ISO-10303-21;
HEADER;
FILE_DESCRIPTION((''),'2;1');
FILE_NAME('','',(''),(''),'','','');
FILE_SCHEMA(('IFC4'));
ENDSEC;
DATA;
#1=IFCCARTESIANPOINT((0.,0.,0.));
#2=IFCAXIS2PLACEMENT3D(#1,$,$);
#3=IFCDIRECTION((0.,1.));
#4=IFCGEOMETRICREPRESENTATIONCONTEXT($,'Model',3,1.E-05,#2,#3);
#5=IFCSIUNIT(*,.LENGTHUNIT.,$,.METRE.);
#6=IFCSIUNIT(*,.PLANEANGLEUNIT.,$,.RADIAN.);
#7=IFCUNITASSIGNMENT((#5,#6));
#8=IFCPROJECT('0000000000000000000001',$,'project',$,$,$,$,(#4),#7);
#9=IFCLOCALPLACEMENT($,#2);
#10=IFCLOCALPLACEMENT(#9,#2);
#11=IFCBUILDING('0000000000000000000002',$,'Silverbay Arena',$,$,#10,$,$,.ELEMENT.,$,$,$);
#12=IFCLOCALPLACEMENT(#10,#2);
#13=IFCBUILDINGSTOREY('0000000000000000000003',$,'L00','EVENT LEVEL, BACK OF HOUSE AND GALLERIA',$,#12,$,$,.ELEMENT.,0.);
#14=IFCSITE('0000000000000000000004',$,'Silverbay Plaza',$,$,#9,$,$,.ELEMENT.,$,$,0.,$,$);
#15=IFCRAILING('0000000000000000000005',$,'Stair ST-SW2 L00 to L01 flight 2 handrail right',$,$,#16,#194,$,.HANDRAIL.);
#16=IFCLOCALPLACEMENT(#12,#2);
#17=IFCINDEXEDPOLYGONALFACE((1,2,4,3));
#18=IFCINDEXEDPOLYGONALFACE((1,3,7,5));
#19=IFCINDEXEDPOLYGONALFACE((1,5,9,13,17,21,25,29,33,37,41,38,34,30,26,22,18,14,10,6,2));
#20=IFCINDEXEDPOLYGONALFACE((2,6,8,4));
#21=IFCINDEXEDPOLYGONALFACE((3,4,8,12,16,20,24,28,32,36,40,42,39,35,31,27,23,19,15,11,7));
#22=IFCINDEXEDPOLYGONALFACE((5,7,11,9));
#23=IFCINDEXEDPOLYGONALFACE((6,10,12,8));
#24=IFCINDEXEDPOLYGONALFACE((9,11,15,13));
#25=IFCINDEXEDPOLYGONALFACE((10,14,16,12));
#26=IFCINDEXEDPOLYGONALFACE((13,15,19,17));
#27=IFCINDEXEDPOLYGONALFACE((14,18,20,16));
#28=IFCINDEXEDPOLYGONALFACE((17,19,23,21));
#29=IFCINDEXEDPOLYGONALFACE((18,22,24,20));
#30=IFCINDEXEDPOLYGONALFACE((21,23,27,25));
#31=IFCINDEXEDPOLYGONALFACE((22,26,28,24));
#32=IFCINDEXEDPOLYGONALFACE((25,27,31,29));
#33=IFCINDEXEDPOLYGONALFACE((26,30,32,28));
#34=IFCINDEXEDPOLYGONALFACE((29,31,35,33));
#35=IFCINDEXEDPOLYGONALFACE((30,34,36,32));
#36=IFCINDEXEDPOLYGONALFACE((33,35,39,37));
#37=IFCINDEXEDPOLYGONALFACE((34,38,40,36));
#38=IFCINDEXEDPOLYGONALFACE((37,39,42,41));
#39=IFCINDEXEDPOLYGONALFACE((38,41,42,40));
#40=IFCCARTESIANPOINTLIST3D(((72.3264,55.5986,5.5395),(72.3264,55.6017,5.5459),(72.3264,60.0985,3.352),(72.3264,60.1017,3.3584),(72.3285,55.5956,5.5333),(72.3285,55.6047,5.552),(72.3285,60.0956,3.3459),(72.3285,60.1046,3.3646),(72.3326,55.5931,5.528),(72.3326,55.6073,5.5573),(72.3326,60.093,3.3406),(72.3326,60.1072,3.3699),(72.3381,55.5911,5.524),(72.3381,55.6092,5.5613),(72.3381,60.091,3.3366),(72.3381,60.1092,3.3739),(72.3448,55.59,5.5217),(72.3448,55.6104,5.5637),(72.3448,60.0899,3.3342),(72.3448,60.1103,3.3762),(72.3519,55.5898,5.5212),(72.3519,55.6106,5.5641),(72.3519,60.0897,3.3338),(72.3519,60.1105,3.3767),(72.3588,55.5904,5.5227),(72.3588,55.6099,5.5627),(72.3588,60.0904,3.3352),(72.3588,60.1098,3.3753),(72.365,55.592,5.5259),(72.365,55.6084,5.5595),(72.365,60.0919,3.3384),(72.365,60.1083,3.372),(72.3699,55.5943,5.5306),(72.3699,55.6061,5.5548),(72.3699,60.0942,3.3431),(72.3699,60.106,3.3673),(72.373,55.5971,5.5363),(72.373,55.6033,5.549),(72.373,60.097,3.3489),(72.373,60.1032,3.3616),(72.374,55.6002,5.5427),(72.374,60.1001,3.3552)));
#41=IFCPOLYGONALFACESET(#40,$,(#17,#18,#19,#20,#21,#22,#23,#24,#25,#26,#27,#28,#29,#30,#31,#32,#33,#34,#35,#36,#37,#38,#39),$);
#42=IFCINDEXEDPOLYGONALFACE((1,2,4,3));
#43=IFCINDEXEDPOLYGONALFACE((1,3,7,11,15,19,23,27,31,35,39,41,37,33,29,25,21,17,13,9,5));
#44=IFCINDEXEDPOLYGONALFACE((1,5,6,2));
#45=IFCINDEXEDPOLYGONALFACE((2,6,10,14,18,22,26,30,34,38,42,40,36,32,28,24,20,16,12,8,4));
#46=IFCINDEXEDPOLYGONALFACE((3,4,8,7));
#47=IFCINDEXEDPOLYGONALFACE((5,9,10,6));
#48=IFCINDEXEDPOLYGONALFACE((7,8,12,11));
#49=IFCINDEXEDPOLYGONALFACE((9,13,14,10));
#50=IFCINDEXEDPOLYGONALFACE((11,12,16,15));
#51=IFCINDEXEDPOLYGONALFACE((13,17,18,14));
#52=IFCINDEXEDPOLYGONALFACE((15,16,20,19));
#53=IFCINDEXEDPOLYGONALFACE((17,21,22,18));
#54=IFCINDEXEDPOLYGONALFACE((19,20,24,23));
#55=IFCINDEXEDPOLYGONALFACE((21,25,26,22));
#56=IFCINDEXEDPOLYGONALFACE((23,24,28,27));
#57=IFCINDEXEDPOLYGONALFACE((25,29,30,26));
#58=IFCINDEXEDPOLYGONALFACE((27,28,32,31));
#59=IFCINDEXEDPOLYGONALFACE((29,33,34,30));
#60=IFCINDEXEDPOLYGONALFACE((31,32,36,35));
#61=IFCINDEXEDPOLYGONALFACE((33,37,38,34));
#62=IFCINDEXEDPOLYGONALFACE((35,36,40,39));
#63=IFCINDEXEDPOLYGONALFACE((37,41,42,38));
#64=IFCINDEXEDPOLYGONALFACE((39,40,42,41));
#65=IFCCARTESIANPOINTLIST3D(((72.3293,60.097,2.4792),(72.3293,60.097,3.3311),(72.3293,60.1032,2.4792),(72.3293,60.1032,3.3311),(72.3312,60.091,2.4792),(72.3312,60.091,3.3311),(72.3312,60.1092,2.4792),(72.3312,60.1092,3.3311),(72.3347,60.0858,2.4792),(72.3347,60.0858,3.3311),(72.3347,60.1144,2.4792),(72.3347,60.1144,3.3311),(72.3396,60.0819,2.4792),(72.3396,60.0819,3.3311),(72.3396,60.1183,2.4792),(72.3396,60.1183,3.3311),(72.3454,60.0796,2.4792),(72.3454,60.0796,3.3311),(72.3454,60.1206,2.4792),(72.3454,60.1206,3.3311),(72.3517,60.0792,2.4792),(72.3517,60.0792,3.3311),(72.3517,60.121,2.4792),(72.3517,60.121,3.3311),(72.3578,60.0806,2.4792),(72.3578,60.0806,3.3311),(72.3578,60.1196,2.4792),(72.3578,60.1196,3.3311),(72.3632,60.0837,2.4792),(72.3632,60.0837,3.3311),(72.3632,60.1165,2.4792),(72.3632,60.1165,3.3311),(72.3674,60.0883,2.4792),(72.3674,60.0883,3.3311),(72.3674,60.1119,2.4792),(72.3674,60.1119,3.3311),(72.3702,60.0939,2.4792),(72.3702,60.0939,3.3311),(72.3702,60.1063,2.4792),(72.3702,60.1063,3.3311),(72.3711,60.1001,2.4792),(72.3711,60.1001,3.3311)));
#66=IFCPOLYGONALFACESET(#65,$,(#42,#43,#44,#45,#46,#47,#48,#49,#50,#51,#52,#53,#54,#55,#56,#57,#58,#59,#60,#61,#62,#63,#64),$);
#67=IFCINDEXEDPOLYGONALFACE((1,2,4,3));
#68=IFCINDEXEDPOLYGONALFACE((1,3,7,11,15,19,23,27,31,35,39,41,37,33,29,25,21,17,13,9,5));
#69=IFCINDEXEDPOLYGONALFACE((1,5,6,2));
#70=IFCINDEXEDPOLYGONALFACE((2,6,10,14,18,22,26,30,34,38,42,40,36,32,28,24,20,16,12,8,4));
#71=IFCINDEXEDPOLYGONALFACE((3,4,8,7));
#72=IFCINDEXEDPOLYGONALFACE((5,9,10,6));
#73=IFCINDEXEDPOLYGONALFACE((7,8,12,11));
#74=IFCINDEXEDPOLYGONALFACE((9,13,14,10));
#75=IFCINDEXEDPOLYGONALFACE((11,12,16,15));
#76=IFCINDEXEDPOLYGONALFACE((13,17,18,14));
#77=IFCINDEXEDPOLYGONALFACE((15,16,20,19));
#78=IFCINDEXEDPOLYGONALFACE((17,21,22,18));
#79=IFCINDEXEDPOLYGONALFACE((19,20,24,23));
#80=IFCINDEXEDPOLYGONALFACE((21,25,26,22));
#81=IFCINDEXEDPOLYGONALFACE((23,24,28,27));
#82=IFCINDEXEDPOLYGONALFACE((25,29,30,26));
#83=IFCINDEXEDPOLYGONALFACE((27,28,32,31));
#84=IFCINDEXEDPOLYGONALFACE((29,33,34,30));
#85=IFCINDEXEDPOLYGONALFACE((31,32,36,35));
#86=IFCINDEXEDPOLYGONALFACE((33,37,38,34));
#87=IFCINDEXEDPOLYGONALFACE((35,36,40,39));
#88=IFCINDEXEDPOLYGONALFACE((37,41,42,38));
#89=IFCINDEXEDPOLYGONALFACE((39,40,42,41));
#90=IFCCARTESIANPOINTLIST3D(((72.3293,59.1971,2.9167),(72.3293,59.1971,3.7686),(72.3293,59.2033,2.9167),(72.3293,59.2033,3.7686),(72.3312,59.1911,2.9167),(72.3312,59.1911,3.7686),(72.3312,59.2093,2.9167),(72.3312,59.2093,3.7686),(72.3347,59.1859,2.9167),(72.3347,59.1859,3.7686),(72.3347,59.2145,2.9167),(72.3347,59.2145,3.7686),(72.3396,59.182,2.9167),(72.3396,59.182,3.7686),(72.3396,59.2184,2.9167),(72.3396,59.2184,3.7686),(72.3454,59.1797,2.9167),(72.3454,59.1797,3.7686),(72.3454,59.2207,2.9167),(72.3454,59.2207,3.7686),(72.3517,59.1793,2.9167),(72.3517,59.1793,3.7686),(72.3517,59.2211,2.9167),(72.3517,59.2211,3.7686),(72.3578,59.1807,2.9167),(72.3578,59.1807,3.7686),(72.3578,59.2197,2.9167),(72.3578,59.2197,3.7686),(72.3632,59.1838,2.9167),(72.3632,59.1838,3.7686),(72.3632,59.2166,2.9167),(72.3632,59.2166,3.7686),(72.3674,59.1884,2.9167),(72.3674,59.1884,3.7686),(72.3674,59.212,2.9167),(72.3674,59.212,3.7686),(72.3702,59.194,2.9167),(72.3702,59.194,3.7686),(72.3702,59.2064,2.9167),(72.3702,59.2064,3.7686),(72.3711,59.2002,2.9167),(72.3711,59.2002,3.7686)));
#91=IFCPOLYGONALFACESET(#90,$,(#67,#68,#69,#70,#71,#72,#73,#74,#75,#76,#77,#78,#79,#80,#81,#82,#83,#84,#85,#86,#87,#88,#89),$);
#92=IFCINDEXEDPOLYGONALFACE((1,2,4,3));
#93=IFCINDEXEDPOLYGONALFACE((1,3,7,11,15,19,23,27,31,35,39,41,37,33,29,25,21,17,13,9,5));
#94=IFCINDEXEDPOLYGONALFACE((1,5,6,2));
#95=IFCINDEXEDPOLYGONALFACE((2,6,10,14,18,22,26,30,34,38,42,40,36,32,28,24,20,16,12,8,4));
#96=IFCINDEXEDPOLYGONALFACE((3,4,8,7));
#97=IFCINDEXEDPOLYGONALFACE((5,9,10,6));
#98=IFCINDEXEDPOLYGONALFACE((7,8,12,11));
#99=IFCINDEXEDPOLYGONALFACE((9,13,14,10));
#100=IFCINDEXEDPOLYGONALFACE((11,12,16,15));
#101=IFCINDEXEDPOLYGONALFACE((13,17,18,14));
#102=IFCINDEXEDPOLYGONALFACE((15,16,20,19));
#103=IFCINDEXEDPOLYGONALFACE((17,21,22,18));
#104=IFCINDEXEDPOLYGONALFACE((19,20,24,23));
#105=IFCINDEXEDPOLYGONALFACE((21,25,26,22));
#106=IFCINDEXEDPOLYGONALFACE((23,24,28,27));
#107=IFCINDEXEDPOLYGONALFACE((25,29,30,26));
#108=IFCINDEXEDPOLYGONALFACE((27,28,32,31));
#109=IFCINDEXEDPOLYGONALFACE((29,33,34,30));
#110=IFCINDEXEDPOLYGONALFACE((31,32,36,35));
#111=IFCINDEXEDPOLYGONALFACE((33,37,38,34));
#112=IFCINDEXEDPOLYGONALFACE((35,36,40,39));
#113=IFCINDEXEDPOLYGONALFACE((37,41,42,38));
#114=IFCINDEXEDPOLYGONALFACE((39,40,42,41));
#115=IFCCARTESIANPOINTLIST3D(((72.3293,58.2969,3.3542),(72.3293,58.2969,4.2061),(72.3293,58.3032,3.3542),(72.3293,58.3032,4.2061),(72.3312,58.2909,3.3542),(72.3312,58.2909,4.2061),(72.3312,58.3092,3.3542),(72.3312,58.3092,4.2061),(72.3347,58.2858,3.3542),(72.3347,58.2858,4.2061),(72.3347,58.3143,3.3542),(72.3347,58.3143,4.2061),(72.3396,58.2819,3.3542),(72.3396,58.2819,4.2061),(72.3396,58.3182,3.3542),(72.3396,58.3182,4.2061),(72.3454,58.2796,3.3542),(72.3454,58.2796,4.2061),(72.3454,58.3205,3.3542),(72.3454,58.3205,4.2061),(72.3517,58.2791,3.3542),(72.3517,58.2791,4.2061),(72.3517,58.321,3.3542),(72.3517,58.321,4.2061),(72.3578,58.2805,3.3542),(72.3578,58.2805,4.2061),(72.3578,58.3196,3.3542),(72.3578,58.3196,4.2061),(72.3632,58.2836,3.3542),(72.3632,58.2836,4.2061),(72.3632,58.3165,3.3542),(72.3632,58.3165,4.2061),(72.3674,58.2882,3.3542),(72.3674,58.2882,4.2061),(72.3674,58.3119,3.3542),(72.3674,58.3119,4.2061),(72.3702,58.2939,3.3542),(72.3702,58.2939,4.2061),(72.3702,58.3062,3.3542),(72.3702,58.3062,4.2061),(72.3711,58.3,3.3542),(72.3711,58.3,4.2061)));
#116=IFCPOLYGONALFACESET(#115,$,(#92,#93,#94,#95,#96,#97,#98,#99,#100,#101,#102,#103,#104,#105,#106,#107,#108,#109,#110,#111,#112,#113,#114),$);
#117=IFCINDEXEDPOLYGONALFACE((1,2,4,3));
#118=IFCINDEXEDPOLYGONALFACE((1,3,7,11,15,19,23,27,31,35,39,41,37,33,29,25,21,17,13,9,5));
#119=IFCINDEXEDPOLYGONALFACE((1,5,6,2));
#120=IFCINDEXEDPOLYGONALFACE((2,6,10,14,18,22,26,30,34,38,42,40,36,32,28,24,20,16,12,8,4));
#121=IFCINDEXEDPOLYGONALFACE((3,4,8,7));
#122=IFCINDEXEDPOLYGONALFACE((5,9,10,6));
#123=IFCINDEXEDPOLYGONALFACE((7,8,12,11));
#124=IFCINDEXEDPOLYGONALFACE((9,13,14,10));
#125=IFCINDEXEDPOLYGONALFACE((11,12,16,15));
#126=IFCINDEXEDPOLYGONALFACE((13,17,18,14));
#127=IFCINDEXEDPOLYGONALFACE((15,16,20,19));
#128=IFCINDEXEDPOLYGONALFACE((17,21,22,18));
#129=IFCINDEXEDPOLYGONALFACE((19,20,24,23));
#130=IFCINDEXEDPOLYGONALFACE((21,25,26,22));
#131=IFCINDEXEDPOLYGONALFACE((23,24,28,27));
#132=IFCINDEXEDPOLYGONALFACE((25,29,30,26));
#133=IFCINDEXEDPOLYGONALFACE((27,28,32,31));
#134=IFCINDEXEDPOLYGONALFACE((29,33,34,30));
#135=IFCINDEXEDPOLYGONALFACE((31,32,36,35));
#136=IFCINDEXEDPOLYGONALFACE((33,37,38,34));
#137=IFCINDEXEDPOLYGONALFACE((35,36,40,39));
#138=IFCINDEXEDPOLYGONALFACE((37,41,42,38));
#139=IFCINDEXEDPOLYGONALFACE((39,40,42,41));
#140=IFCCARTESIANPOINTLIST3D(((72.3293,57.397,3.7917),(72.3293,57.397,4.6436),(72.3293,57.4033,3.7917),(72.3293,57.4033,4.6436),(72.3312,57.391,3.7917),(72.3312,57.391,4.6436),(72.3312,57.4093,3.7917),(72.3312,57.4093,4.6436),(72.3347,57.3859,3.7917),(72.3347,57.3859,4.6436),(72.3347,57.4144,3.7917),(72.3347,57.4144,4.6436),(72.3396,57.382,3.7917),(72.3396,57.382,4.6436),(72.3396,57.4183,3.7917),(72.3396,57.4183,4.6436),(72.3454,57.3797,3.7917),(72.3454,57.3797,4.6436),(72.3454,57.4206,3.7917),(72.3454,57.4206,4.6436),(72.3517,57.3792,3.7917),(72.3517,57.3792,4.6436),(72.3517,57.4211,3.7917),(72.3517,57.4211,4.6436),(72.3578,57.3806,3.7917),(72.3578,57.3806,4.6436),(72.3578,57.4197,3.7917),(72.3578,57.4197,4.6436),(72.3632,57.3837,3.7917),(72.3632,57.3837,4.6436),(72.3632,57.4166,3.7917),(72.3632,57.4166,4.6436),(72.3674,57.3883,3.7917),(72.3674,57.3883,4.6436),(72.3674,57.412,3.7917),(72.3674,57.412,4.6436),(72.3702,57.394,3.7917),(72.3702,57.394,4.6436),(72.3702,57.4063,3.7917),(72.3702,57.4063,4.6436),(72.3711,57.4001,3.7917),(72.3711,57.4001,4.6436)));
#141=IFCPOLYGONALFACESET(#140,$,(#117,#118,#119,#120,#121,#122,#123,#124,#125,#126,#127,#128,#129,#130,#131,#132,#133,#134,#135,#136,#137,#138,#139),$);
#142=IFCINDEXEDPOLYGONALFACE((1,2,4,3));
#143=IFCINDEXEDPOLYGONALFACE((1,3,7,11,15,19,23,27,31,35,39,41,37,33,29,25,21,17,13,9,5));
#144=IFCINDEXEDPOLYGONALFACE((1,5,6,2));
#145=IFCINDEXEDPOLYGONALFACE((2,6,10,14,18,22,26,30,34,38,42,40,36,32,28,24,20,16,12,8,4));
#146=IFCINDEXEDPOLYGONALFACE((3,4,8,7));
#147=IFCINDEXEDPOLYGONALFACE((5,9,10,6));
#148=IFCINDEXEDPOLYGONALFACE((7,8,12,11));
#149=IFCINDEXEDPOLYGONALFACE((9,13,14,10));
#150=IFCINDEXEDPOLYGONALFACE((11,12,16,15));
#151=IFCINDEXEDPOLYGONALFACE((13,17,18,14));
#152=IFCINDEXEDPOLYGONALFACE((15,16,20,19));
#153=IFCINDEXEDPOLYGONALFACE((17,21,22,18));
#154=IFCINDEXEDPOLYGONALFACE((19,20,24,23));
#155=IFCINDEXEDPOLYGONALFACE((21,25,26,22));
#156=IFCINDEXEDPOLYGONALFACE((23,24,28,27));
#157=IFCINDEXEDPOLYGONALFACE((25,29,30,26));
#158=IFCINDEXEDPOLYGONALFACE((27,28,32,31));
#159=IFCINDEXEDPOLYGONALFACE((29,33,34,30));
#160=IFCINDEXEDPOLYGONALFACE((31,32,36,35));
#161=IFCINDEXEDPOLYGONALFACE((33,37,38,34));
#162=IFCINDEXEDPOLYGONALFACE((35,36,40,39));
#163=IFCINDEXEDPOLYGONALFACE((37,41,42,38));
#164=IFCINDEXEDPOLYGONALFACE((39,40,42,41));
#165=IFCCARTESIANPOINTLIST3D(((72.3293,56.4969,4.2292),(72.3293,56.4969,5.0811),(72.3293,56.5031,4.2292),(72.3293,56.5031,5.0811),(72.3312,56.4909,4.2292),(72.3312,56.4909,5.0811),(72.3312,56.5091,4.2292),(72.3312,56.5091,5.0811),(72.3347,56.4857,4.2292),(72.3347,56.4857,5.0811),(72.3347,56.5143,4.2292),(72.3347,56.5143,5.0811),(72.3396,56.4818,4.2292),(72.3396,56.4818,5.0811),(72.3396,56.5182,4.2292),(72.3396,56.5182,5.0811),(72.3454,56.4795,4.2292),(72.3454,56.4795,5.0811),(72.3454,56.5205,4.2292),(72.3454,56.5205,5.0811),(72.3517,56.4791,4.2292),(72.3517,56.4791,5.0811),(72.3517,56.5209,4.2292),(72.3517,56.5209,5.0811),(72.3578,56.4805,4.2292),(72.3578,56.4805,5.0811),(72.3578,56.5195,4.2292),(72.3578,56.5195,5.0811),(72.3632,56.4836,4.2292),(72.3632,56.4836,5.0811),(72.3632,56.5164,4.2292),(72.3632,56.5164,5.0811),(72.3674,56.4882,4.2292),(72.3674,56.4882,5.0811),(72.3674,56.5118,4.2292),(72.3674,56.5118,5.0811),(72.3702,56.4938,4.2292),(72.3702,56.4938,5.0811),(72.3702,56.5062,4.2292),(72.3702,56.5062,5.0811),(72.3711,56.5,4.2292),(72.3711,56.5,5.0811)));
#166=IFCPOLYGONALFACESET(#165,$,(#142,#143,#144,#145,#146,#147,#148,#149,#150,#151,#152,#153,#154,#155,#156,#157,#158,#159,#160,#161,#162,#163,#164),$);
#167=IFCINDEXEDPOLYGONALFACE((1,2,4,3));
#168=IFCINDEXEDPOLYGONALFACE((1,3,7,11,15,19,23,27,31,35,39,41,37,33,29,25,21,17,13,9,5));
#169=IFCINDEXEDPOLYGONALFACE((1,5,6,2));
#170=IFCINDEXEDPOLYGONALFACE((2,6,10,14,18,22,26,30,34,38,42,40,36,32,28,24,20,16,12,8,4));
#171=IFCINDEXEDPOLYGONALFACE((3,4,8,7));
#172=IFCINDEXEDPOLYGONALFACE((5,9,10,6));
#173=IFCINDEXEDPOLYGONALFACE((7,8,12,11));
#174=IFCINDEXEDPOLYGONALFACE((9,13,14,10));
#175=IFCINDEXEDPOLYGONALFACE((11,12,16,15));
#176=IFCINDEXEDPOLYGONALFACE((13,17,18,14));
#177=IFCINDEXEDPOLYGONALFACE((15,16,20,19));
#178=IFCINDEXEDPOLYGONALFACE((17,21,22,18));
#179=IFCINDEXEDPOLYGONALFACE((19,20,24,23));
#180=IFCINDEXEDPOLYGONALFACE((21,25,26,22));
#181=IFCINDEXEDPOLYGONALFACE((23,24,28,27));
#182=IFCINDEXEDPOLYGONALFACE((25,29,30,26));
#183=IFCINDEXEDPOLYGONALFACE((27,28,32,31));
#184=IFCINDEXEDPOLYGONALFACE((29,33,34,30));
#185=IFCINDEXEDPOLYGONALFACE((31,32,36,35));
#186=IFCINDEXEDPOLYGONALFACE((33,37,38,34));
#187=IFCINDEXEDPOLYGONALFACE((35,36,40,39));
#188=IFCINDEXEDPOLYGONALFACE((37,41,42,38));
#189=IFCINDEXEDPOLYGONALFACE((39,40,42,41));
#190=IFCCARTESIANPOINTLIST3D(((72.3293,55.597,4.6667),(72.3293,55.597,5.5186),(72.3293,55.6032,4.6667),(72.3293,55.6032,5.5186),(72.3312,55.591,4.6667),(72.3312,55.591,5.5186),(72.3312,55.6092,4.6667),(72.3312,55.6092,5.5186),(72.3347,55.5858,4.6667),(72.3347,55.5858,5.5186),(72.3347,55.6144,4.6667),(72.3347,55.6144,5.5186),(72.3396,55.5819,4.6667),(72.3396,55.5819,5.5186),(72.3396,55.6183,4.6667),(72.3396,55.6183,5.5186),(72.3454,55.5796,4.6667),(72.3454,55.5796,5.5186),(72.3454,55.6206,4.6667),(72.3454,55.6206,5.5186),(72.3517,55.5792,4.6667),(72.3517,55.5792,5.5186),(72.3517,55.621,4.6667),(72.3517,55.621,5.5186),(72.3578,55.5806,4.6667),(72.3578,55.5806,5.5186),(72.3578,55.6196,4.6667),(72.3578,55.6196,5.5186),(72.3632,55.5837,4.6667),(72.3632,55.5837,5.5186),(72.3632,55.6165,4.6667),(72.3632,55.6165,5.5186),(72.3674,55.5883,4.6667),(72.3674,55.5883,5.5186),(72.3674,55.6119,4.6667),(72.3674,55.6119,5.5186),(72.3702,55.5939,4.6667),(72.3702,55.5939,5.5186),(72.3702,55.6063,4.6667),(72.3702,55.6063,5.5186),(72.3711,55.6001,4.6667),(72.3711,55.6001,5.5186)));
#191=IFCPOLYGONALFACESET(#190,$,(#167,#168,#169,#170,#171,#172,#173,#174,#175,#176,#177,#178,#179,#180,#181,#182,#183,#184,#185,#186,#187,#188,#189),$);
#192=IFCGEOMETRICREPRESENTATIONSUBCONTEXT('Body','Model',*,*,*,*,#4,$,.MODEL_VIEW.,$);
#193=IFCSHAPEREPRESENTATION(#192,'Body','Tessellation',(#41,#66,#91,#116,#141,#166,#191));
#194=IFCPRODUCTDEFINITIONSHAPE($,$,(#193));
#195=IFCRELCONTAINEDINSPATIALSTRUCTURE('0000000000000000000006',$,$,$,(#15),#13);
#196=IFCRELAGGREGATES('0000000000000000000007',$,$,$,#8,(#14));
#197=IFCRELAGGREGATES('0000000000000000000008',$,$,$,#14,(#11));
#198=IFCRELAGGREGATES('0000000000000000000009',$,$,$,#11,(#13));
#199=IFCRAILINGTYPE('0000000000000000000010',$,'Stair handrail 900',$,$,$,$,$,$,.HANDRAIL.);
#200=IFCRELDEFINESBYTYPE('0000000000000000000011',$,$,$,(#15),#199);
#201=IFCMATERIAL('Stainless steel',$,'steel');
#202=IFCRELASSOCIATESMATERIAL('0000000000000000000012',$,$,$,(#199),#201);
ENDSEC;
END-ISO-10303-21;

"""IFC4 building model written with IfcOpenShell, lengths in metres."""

from ifc_helpers import new_model, si_unit, direction, frame, origin, origin_2d, place, context, subcontext, project, spatial, circle, extrude, material, type_object, element, save


model = new_model("IFC4")

# Units and contexts
model_context = context("Model", 3, precision=1e-05, world=origin(), true_north=direction((0.0, 1.0)))
body_context = subcontext(model_context, "Body", "Model", "MODEL_VIEW")
ifc_project = project(units=[si_unit("LENGTHUNIT", "METRE"), si_unit("PLANEANGLEUNIT", "RADIAN")], contexts=[model_context])

# Site, building, storey
site_placement = place(None, origin())
site = spatial("IfcSite", under=ifc_project, at=site_placement, Name="Silverbay Plaza", CompositionType="ELEMENT", RefElevation=0.0)
building_placement = place(site_placement, origin())
building = spatial("IfcBuilding", under=site, at=building_placement, Name="Silverbay Arena", CompositionType="ELEMENT")
storey_placement = place(building_placement, origin())
storey = spatial("IfcBuildingStorey", under=building, at=storey_placement, Name="L00", Description="EVENT LEVEL, BACK OF HOUSE AND GALLERIA", CompositionType="ELEMENT", Elevation=0.0)

# Railing
ifc_material_1 = material(Name="Stainless steel", Category="steel")
railing_type_1 = type_object("IfcRailingType", Name="Stair handrail 900", PredefinedType="HANDRAIL", material=ifc_material_1)
for number, where, name in (
    (1, (72.3501, 60.1001, 2.4792), "Stair ST-SW2 L00 to L01 flight 2 handrail right"),
):
    element("IfcRailing", number, at=place(storey_placement, frame(where)), inside=storey, type_object=railing_type_1, Name=name, PredefinedType="HANDRAIL", context=body_context, shape_type="SweptSolid", body=[
        extrude(circle(Radius=0.0239, at=origin_2d()), frame((0.0, 0.0, 0.876), z_axis=(0.0, -0.899368, 0.437193), x_axis=(1.0, 0.0, 0.0)), (0.0, 0.0, 1.0), 5.0034),
        extrude(circle(Radius=0.021, at=origin_2d()), origin(), (0.0, 0.0, 1.0), 0.8518),
        extrude(circle(Radius=0.021, at=origin_2d()), frame((0.0, -0.8999, 0.4375)), (0.0, 0.0, 1.0), 0.8518),
        extrude(circle(Radius=0.021, at=origin_2d()), frame((0.0, -1.8, 0.875)), (0.0, 0.0, 1.0), 0.8518),
        extrude(circle(Radius=0.021, at=origin_2d()), frame((0.0, -2.7, 1.3125)), (0.0, 0.0, 1.0), 0.8518),
        extrude(circle(Radius=0.021, at=origin_2d()), frame((0.0, -3.6001, 1.75)), (0.0, 0.0, 1.0), 0.8518),
        extrude(circle(Radius=0.021, at=origin_2d()), frame((0.0, -4.5, 2.1875)), (0.0, 0.0, 1.0), 0.8518),
    ])

save(model, "model.ifc")
